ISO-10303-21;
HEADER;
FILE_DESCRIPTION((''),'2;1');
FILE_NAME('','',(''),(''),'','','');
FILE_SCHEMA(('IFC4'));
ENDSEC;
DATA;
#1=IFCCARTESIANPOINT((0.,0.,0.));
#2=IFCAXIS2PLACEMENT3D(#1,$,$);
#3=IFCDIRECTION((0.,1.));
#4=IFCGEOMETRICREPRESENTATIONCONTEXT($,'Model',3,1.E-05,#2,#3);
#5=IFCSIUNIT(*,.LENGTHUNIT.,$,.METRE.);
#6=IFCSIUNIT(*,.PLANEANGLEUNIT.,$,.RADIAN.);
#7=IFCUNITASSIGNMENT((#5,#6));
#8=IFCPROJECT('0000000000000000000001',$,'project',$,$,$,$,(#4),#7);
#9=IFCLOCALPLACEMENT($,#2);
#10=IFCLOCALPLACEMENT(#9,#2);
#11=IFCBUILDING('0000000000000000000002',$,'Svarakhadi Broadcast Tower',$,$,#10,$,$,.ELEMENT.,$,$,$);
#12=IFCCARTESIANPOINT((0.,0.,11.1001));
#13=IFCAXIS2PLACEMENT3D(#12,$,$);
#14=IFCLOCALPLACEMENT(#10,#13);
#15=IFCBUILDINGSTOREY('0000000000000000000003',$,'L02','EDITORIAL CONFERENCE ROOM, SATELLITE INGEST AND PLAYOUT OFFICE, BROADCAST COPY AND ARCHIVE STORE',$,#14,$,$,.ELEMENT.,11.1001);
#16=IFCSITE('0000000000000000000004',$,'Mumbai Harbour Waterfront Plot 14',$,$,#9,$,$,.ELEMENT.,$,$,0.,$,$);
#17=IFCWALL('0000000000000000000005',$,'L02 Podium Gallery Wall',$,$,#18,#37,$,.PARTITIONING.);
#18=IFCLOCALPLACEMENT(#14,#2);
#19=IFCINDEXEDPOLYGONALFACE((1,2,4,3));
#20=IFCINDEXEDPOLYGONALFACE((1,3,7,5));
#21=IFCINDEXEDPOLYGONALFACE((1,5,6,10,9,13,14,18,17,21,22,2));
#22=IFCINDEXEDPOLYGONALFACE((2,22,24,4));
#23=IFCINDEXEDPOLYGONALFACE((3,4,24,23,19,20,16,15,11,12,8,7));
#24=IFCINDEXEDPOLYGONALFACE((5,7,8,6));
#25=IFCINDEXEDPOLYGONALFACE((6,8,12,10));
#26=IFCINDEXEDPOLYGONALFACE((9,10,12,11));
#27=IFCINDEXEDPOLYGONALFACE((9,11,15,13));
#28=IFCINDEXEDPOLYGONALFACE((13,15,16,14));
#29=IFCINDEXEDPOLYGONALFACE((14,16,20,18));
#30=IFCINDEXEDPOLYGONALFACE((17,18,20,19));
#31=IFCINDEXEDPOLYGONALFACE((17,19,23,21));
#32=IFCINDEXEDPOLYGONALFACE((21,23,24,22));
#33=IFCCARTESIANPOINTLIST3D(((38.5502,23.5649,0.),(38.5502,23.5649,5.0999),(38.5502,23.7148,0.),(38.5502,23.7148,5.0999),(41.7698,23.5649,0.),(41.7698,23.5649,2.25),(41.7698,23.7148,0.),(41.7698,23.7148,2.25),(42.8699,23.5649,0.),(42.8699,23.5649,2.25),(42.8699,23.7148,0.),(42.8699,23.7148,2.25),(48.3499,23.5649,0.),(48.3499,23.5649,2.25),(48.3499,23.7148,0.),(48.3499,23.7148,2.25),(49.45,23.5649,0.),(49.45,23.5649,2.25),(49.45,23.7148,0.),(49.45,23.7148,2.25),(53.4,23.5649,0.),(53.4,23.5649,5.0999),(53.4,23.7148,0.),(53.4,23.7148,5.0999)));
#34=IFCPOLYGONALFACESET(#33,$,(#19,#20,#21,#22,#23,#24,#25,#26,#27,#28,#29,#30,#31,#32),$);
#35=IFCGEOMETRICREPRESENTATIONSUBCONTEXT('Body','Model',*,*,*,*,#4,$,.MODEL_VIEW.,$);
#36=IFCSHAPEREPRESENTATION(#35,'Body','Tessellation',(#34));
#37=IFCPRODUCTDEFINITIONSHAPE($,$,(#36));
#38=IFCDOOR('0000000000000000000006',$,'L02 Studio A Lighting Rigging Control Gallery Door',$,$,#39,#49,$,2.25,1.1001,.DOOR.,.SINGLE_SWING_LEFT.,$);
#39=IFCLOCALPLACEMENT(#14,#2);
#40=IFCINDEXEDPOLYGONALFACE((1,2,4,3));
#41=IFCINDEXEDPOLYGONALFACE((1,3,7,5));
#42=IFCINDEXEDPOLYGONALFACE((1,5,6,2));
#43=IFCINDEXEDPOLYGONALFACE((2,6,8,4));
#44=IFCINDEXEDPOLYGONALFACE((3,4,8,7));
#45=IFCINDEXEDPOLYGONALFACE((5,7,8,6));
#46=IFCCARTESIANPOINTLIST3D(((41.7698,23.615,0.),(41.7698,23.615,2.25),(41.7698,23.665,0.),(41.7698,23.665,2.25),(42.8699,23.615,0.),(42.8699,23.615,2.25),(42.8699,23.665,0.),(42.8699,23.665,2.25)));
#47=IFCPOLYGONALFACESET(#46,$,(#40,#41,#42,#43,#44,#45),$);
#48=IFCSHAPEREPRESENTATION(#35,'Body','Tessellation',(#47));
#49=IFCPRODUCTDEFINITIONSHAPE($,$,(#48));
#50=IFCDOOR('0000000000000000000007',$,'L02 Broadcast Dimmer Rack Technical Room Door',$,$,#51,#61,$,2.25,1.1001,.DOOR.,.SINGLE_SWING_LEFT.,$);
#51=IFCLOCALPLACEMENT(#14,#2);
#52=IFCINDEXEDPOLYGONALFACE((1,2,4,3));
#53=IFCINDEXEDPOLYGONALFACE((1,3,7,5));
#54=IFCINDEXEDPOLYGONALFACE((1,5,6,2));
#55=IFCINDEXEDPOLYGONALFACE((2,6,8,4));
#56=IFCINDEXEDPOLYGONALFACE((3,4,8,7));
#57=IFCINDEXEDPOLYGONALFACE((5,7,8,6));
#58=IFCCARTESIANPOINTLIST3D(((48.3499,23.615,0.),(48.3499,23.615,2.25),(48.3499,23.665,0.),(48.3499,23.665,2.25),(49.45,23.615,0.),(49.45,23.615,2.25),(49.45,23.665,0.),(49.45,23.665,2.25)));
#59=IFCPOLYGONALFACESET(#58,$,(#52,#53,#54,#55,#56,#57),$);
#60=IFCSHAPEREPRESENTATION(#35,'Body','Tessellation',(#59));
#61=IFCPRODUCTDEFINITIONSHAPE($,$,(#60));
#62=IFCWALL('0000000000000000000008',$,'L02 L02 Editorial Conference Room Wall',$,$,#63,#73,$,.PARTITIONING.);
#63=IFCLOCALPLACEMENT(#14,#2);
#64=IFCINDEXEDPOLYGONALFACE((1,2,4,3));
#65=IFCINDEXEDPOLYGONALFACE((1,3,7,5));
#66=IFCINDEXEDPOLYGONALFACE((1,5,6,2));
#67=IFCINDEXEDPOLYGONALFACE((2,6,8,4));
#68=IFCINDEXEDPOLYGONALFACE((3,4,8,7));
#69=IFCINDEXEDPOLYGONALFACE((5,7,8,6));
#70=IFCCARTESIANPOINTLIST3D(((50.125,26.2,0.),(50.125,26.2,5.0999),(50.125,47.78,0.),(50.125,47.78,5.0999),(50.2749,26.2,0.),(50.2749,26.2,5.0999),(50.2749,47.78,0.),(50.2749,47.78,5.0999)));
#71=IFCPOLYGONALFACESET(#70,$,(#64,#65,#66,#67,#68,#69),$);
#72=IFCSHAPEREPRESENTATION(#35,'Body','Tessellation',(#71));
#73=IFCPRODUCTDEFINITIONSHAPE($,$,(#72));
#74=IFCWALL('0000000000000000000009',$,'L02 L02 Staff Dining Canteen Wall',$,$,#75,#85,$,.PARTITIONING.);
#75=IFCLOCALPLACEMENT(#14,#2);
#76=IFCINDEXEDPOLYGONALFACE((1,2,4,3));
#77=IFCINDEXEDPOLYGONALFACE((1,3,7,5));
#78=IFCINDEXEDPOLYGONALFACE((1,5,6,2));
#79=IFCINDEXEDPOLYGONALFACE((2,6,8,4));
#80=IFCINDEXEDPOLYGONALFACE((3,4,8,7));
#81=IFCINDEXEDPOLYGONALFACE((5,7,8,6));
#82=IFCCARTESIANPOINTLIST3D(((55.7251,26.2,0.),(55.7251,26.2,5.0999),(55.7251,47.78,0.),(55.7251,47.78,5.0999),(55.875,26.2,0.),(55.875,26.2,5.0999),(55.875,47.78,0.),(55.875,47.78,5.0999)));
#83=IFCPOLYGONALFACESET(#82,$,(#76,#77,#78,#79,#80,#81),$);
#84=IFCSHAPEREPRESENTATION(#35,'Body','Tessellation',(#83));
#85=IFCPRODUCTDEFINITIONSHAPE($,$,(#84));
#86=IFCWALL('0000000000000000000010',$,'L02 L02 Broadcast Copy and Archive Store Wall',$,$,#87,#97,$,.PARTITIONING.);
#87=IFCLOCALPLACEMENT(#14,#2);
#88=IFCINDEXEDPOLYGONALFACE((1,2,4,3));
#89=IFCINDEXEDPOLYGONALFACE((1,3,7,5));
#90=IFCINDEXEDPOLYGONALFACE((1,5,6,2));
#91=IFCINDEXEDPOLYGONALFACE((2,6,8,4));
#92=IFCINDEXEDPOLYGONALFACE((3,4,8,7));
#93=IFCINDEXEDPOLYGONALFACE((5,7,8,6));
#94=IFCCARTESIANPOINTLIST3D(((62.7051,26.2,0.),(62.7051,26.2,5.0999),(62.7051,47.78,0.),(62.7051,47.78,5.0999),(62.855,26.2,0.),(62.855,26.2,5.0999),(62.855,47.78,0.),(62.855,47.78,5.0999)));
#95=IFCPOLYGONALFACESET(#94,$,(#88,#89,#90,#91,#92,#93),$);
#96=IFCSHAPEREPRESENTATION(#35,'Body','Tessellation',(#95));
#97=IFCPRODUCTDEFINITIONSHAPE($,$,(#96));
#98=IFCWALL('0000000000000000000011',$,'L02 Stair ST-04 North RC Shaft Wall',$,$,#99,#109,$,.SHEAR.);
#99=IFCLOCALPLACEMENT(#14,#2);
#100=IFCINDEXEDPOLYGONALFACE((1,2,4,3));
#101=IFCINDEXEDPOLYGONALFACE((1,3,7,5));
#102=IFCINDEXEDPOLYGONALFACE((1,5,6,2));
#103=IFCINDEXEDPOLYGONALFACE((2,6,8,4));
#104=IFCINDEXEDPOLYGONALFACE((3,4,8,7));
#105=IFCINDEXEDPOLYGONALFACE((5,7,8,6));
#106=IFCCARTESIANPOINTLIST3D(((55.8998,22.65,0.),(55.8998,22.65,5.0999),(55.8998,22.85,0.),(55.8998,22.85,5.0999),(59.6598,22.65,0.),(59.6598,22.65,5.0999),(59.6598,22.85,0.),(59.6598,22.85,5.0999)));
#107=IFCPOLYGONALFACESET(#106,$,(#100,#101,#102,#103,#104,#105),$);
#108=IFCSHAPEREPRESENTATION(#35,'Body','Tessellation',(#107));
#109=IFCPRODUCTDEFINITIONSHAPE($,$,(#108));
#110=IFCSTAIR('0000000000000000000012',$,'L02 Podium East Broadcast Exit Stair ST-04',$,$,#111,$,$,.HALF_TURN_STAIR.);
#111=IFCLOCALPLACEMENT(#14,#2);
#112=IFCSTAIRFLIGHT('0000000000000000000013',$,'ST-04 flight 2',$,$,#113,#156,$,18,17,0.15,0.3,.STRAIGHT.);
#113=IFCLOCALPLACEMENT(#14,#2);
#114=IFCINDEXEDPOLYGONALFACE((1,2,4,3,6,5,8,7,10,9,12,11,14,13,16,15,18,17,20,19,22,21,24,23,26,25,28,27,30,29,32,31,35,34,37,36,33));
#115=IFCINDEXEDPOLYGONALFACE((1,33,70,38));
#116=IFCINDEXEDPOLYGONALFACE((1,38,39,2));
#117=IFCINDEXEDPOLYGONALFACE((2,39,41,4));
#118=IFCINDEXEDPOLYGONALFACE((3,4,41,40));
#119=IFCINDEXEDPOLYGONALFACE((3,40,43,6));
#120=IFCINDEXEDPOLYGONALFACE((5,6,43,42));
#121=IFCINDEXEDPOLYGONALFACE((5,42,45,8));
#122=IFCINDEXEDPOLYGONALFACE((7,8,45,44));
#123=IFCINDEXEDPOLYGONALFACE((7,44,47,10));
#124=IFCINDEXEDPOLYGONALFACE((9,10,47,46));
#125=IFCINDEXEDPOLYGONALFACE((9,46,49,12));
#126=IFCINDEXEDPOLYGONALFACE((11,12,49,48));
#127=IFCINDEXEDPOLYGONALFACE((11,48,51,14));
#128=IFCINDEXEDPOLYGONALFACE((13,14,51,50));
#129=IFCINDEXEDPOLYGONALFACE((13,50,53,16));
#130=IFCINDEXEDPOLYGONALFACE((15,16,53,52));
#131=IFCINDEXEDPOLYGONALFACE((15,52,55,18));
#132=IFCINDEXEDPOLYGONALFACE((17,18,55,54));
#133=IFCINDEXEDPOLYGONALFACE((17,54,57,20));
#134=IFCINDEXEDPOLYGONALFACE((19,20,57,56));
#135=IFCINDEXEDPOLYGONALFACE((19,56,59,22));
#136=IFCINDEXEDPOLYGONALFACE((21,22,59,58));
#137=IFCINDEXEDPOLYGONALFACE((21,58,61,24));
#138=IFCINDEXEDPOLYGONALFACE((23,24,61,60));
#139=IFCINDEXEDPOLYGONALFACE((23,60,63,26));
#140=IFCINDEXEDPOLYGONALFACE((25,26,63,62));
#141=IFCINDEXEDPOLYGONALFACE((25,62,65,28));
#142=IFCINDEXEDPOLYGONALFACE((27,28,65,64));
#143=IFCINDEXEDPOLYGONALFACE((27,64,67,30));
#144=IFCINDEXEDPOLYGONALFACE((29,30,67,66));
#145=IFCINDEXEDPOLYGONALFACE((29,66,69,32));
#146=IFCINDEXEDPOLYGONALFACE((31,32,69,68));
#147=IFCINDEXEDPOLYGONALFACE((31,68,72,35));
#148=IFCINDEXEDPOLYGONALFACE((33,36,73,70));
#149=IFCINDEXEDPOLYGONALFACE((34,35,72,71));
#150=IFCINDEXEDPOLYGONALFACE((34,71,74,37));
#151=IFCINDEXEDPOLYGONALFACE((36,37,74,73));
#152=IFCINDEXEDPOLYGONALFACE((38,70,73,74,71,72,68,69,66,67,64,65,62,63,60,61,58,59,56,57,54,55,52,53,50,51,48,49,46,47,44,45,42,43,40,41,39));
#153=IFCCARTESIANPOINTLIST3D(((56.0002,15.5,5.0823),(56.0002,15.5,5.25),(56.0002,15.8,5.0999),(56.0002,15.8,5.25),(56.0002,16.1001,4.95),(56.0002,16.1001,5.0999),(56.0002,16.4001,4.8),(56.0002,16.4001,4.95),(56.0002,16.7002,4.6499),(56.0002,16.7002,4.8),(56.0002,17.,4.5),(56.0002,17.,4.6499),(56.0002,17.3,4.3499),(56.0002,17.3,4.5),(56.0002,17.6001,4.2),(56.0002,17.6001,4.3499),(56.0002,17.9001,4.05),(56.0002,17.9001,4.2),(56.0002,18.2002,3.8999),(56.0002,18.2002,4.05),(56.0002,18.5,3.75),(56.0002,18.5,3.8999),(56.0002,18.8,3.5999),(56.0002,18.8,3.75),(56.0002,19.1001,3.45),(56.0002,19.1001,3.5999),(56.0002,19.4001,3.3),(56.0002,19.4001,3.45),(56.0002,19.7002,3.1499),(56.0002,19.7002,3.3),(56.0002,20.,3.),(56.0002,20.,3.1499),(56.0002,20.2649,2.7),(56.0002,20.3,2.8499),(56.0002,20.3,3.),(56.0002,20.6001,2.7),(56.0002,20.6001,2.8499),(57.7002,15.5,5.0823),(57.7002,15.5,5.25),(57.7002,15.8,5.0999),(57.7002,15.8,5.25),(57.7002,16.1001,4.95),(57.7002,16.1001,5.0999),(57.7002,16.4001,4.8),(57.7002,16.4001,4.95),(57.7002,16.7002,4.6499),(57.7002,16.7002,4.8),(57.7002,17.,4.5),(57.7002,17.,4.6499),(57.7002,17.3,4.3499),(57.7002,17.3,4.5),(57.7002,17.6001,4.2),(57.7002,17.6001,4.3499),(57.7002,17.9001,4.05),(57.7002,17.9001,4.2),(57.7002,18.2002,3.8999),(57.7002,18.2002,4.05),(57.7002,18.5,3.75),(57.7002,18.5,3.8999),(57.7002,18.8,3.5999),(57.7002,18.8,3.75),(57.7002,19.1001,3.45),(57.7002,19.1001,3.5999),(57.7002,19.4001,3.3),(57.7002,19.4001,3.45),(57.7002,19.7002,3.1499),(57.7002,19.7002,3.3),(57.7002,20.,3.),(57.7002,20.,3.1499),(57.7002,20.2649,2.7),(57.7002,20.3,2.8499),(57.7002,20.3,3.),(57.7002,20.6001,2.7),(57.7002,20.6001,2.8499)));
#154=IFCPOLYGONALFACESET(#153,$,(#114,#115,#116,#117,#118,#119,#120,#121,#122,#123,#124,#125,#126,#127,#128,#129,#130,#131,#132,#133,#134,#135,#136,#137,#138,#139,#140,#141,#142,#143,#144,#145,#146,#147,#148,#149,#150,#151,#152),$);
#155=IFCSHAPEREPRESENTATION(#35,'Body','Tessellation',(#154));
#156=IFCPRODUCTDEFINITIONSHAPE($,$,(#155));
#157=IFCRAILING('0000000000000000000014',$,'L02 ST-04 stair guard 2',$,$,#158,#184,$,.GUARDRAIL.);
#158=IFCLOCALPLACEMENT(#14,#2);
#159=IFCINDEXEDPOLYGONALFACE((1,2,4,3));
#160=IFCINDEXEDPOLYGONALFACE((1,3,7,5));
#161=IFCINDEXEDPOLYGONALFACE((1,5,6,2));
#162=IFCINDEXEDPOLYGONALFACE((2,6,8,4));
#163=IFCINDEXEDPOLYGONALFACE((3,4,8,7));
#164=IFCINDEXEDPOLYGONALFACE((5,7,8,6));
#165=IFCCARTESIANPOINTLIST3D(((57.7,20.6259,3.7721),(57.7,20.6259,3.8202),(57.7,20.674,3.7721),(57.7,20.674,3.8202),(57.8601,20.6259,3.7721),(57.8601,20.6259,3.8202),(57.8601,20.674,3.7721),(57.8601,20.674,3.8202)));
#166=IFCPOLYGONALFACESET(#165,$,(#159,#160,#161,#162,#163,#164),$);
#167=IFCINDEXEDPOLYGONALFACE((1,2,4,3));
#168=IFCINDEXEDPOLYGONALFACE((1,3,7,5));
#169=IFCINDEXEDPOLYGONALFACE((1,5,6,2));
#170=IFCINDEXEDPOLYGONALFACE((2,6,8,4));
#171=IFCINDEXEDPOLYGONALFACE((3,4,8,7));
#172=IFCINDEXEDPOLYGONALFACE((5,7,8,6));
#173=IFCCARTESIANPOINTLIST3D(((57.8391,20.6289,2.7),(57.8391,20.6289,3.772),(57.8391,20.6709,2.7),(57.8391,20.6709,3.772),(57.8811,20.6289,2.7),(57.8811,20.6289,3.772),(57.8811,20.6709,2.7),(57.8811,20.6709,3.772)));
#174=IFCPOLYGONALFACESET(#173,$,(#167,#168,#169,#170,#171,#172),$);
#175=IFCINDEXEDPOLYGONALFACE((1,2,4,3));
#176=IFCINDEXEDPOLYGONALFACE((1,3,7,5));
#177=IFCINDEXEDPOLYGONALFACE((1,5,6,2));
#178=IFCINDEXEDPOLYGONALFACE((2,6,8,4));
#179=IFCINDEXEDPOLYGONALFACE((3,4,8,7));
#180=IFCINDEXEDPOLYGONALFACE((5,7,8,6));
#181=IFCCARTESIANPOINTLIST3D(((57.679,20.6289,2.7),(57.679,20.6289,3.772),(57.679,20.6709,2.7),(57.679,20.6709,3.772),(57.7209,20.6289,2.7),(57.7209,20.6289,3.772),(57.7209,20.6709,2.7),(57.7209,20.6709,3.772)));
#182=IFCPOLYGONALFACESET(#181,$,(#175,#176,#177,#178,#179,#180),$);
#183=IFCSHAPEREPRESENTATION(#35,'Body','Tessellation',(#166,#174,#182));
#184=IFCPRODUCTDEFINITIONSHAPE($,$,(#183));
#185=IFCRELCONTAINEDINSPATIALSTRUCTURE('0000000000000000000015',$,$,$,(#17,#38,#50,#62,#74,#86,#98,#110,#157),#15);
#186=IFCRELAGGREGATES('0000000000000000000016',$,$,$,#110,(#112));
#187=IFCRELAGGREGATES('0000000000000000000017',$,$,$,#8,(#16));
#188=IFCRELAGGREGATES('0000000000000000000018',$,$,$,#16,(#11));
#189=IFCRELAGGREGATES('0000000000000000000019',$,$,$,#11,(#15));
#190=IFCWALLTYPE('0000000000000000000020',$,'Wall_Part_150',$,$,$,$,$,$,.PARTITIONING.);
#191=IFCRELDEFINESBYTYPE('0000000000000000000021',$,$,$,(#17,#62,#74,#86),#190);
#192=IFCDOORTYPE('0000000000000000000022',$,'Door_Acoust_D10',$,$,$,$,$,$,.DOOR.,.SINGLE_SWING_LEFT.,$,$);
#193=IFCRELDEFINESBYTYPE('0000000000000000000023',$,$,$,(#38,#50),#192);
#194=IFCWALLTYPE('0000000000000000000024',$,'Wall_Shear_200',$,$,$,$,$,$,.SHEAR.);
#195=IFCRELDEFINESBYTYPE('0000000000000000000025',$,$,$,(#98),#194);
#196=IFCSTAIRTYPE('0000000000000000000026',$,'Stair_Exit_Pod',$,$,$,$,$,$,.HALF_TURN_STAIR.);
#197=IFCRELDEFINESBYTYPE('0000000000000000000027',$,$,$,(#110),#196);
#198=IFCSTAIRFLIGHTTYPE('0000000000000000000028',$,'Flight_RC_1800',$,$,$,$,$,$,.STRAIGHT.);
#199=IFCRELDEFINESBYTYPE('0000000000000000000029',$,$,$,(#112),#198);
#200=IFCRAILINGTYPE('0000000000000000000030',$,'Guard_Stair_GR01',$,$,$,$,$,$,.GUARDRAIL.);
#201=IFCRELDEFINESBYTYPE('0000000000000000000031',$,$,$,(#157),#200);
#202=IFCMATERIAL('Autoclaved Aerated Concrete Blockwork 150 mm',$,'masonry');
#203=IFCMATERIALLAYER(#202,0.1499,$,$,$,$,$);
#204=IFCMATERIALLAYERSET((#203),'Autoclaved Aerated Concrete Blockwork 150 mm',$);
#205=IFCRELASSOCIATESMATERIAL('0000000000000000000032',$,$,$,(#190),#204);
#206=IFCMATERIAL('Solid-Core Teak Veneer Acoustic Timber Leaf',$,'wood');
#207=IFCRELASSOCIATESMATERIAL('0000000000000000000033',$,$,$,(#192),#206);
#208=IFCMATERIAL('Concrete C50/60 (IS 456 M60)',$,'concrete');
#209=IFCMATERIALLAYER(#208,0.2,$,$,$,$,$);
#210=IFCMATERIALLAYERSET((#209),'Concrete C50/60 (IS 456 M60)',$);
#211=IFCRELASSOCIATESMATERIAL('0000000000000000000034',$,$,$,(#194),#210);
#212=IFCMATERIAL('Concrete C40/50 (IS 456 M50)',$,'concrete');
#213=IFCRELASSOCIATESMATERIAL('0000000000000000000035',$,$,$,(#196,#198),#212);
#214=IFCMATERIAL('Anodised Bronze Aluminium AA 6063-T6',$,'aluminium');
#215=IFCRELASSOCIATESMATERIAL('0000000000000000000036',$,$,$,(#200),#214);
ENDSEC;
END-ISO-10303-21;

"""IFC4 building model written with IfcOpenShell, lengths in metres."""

from ifc_helpers import new_model, si_unit, direction, frame, frame_2d, origin, origin_2d, place, context, subcontext, project, spatial, polyline, rectangle, outline, extrude, material, layer, layer_set, type_object, element, fill, aggregate, save


model = new_model("IFC4")

# Units and contexts
model_context = context("Model", 3, precision=1e-05, world=origin(), true_north=direction((0.0, 1.0)))
body_context = subcontext(model_context, "Body", "Model", "MODEL_VIEW")
ifc_project = project(units=[si_unit("LENGTHUNIT", "METRE"), si_unit("PLANEANGLEUNIT", "RADIAN")], contexts=[model_context])

# Site, building, storey
site_placement = place(None, origin())
site = spatial("IfcSite", under=ifc_project, at=site_placement, Name="Mumbai Harbour Waterfront Plot 14", CompositionType="ELEMENT", RefElevation=0.0)
building_placement = place(site_placement, origin())
building = spatial("IfcBuilding", under=site, at=building_placement, Name="Svarakhadi Broadcast Tower", CompositionType="ELEMENT")
storey_placement = place(building_placement, frame((0.0, 0.0, 11.1001)))
storey = spatial("IfcBuildingStorey", under=building, at=storey_placement, Name="L02", Description="EDITORIAL CONFERENCE ROOM, SATELLITE INGEST AND PLAYOUT OFFICE, BROADCAST COPY AND ARCHIVE STORE", CompositionType="ELEMENT", Elevation=11.1001)

# Shared definitions
ifc_material_1 = material(Name="Concrete C50/60 (IS 456 M60)", Category="concrete")

# Shared definitions
ifc_material_2 = material(Name="Anodised Bronze Aluminium AA 6063-T6", Category="aluminium")

# Shared definitions
ifc_material_3 = material(Name="Autoclaved Aerated Concrete Blockwork 150 mm", Category="masonry")
ifc_layer_1 = layer(ifc_material_3, 0.1499)
ifc_layer_set_1 = layer_set([ifc_layer_1], Name="Autoclaved Aerated Concrete Blockwork 150 mm")
wall_type_1 = type_object("IfcWallType", Name="Wall_Part_150", PredefinedType="PARTITIONING", material=ifc_layer_set_1)

# Wall, openings, doors
wall_1_placement = place(storey_placement, frame((53.3999, 23.6399, 0.0), z_axis=(0.0, 0.0, 1.0), x_axis=(-1.0, 0.0, 0.0)))
wall_1 = element("IfcWall", 1, at=wall_1_placement, inside=storey, type_object=wall_type_1, Name="L02 Podium Gallery Wall", PredefinedType="PARTITIONING", context=body_context, shape_type="SweptSolid", body=[
    extrude(rectangle(XDim=14.8499, YDim=0.1499, at=frame_2d((7.4248, 0.0))), origin(), (0.0, 0.0, 1.0), 5.0999),
])
opening_1_placement = place(wall_1_placement, frame((10.53, 0.0, 0.0)))
opening_1 = element("IfcOpeningElement", 2, at=opening_1_placement, cuts=wall_1, PredefinedType="OPENING", context=body_context, shape_type="SweptSolid", body=[
    extrude(rectangle(XDim=1.1001, YDim=2.25, at=frame_2d((0.55, 1.125))), frame((0.0, 0.085, 0.0), z_axis=(0.0, -1.0, 0.0), x_axis=(1.0, 0.0, 0.0)), (0.0, 0.0, 1.0), 0.1699),
])
opening_2_placement = place(wall_1_placement, frame((3.95, 0.0, 0.0)))
opening_2 = element("IfcOpeningElement", 3, at=opening_2_placement, cuts=wall_1, PredefinedType="OPENING", context=body_context, shape_type="SweptSolid", body=[
    extrude(rectangle(XDim=1.1001, YDim=2.25, at=frame_2d((0.55, 1.125))), frame((0.0, 0.085, 0.0), z_axis=(0.0, -1.0, 0.0), x_axis=(1.0, 0.0, 0.0)), (0.0, 0.0, 1.0), 0.1699),
])
ifc_material_4 = material(Name="Solid-Core Teak Veneer Acoustic Timber Leaf", Category="wood")
door_type = type_object("IfcDoorType", Name="Door_Acoust_D10", OperationType="SINGLE_SWING_LEFT", PredefinedType="DOOR", material=ifc_material_4)
door_1_placement = place(opening_1_placement, origin())
door_1 = element("IfcDoor", 4, at=door_1_placement, inside=storey, type_object=door_type, Name="L02 Studio A Lighting Rigging Control Gallery Door", OperationType="SINGLE_SWING_LEFT", OverallHeight=2.25, OverallWidth=1.1001, PredefinedType="DOOR", context=body_context, shape_type="SweptSolid", body=[
    extrude(rectangle(XDim=1.1001, YDim=2.25, at=frame_2d((0.55, 1.125))), frame((0.0, 0.0249, 0.0), z_axis=(0.0, -1.0, 0.0), x_axis=(1.0, 0.0, 0.0)), (0.0, 0.0, 1.0), 0.05),
])
fill(opening_1, door_1)
door_2_placement = place(opening_2_placement, origin())
door_2 = element("IfcDoor", 5, at=door_2_placement, inside=storey, type_object=door_type, Name="L02 Broadcast Dimmer Rack Technical Room Door", OperationType="SINGLE_SWING_LEFT", OverallHeight=2.25, OverallWidth=1.1001, PredefinedType="DOOR", context=body_context, shape_type="SweptSolid", body=[
    extrude(rectangle(XDim=1.1001, YDim=2.25, at=frame_2d((0.55, 1.125))), frame((0.0, 0.0249, 0.0), z_axis=(0.0, -1.0, 0.0), x_axis=(1.0, 0.0, 0.0)), (0.0, 0.0, 1.0), 0.05),
])
fill(opening_2, door_2)

# Walls
for number, where, z_axis, x_axis, name in (
    (6, (50.2, 26.2, 0.0), (0.0, 0.0, 1.0), (0.0, 1.0, 0.0), "L02 L02 Editorial Conference Room Wall"),
    (7, (55.8, 26.2, 0.0), (0.0, 0.0, 1.0), (0.0, 1.0, 0.0), "L02 L02 Staff Dining Canteen Wall"),
    (8, (62.78, 26.2, 0.0), (0.0, 0.0, 1.0), (0.0, 1.0, 0.0), "L02 L02 Broadcast Copy and Archive Store Wall"),
):
    element("IfcWall", number, at=place(storey_placement, frame(where, z_axis=z_axis, x_axis=x_axis)), inside=storey, type_object=wall_type_1, Name=name, PredefinedType="PARTITIONING", context=body_context, shape_type="SweptSolid", body=[
        extrude(rectangle(XDim=21.5801, YDim=0.1499, at=frame_2d((10.79, 0.0))), origin(), (0.0, 0.0, 1.0), 5.0999),
    ])
ifc_layer_2 = layer(ifc_material_1, 0.2)
ifc_layer_set_2 = layer_set([ifc_layer_2], Name="Concrete C50/60 (IS 456 M60)")
wall_type_2 = type_object("IfcWallType", Name="Wall_Shear_200", PredefinedType="SHEAR", material=ifc_layer_set_2)
wall_2_placement = place(storey_placement, frame((55.8999, 22.75, 0.0), z_axis=(0.0, 0.0, 1.0), x_axis=(1.0, 0.0, 0.0)))
element("IfcWall", 9, at=wall_2_placement, inside=storey, type_object=wall_type_2, Name="L02 Stair ST-04 North RC Shaft Wall", PredefinedType="SHEAR", context=body_context, shape_type="SweptSolid", body=[
    extrude(rectangle(XDim=3.76, YDim=0.2, at=frame_2d((1.8799, 0.0))), origin(), (0.0, 0.0, 1.0), 5.0999),
])

# Stair, stair flight
ifc_material_5 = material(Name="Concrete C40/50 (IS 456 M50)", Category="concrete")
stair_type = type_object("IfcStairType", Name="Stair_Exit_Pod", PredefinedType="HALF_TURN_STAIR", material=ifc_material_5)
stair_placement = place(storey_placement, origin())
stair = element("IfcStair", 10, at=stair_placement, inside=storey, type_object=stair_type, Name="L02 Podium East Broadcast Exit Stair ST-04", PredefinedType="HALF_TURN_STAIR")
stair_flight_type = type_object("IfcStairFlightType", Name="Flight_RC_1800", PredefinedType="STRAIGHT", material=ifc_material_5)
stair_flight_placement = place(storey_placement, frame((56.8501, 20.6001, 2.7), z_axis=(0.0, 0.0, 1.0), x_axis=(0.0, -1.0, 0.0)))
stair_flight = element("IfcStairFlight", 11, at=stair_flight_placement, type_object=stair_flight_type, Name="ST-04 flight 2", NumberOfRisers=18, NumberOfTreads=17, PredefinedType="STRAIGHT", RiserHeight=0.15, TreadLength=0.3, context=body_context, shape_type="SweptSolid", body=[
    extrude(outline(polyline([(0.0, 0.0), (0.0, 0.1499), (0.3, 0.1499), (0.3, 0.3), (0.6001, 0.3), (0.6001, 0.45), (0.8999, 0.45), (0.8999, 0.6001), (1.2, 0.6001), (1.2, 0.75), (1.5, 0.75), (1.5, 0.8999), (1.8, 0.8999), (1.8, 1.05), (2.1001, 1.05), (2.1001, 1.2), (2.3999, 1.2), (2.3999, 1.3501), (2.7, 1.3501), (2.7, 1.5), (3.0, 1.5), (3.0, 1.6499), (3.3, 1.6499), (3.3, 1.8), (3.6001, 1.8), (3.6001, 1.95), (3.8999, 1.95), (3.8999, 2.1001), (4.2, 2.1001), (4.2, 2.25), (4.5, 2.25), (4.5, 2.3999), (4.8, 2.3999), (4.8, 2.55), (5.1001, 2.55), (5.1001, 2.7), (5.1001, 2.3823), (0.3352, 0.0), (0.0, 0.0)])), frame((0.0, 0.8501, 0.0), z_axis=(0.0, -1.0, 0.0), x_axis=(1.0, 0.0, 0.0)), (0.0, 0.0, 1.0), 1.7),
])
aggregate(stair, [stair_flight])

# Railing
railing_type_1 = type_object("IfcRailingType", Name="Guard_Stair_GR01", PredefinedType="GUARDRAIL", material=ifc_material_2)
railing_1_placement = place(storey_placement, frame((57.8601, 20.6499, 2.7)))
element("IfcRailing", 12, at=railing_1_placement, inside=storey, type_object=railing_type_1, Name="L02 ST-04 stair guard 2", PredefinedType="GUARDRAIL", context=body_context, shape_type="SweptSolid", body=[
    extrude(rectangle(XDim=0.0481, YDim=0.0481, at=origin_2d()), frame((0.0, 0.0, 1.0962), z_axis=(-1.0, 0.0, 0.0), x_axis=(0.0, -1.0, 0.0)), (0.0, 0.0, 1.0), 0.1602),
    extrude(rectangle(XDim=0.042, YDim=0.042, at=origin_2d()), origin(), (0.0, 0.0, 1.0), 1.072),
    extrude(rectangle(XDim=0.042, YDim=0.042, at=origin_2d()), frame((-0.1602, 0.0, 0.0)), (0.0, 0.0, 1.0), 1.072),
])

save(model, "model.ifc")
